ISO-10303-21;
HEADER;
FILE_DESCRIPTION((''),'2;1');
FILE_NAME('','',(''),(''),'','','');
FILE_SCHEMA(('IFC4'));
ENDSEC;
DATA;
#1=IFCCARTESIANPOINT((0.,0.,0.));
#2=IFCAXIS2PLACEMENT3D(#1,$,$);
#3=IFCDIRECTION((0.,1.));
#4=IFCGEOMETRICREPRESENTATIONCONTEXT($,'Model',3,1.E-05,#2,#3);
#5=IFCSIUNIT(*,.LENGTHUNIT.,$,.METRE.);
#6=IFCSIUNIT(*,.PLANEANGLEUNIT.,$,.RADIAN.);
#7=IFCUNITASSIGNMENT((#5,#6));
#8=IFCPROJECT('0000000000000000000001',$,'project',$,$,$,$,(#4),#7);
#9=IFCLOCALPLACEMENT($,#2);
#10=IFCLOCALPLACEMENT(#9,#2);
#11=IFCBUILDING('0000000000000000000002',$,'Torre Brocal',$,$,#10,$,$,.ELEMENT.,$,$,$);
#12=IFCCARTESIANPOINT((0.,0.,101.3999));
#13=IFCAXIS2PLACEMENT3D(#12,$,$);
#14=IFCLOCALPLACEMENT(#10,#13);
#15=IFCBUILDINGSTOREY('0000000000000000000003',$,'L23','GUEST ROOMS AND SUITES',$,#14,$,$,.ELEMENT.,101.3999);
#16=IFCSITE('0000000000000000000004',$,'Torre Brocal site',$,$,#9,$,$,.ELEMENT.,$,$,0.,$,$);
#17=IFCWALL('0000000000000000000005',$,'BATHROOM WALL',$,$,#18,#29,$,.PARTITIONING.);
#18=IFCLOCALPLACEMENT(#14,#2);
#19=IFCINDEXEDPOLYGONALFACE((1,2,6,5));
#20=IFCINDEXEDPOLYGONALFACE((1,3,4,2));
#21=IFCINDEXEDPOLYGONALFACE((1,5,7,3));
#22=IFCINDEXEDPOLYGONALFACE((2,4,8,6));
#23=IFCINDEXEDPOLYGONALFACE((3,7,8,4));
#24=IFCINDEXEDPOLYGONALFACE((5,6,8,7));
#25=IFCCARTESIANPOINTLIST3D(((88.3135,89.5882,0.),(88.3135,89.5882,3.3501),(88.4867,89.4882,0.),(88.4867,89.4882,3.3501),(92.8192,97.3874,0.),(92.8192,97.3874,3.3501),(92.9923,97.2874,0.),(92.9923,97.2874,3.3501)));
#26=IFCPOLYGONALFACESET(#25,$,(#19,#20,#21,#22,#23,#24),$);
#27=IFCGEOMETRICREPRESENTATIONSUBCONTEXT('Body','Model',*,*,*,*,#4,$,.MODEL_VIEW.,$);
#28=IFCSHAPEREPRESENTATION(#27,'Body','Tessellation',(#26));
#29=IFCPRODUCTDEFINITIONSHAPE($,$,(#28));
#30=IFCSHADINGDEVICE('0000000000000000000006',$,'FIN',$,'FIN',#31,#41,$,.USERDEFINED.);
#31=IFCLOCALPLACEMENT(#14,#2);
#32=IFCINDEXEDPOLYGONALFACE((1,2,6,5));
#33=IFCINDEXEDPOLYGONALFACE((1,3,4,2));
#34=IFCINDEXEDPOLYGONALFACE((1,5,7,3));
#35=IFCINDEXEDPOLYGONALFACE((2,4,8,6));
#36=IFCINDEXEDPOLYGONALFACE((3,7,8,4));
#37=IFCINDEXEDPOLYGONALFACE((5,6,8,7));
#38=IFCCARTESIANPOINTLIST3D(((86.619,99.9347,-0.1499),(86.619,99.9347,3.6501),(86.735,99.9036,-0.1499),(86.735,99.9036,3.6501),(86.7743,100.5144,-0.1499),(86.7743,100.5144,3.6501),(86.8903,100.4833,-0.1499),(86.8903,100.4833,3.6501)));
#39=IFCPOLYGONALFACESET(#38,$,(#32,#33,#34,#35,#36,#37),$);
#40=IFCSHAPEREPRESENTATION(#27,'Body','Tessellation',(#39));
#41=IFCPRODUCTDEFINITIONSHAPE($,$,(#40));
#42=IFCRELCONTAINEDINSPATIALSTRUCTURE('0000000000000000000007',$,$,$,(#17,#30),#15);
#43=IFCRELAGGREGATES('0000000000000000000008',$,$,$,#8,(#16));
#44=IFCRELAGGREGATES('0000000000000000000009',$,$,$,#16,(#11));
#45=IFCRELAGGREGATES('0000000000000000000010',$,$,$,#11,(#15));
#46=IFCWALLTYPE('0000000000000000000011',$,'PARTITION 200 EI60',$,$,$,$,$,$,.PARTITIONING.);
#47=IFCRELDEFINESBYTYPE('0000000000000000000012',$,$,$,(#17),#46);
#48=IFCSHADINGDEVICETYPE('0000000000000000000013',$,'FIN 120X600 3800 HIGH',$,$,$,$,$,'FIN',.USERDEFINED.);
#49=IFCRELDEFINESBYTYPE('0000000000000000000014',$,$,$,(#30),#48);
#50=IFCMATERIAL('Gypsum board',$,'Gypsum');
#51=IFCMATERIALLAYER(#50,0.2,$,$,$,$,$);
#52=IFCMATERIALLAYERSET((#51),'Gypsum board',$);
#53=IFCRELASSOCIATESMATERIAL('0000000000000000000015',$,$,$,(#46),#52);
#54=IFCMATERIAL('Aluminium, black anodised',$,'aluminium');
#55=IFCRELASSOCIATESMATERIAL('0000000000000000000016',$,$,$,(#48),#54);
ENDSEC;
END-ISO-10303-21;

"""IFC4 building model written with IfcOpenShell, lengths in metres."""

from ifc_helpers import new_model, si_unit, direction, frame, frame_2d, origin, origin_2d, place, context, subcontext, project, spatial, rectangle, extrude, material, layer, layer_set, material_profile, profile_set, type_object, element, save


model = new_model("IFC4")

# Units and contexts
model_context = context("Model", 3, precision=1e-05, world=origin(), true_north=direction((0.0, 1.0)))
body_context = subcontext(model_context, "Body", "Model", "MODEL_VIEW")
ifc_project = project(units=[si_unit("LENGTHUNIT", "METRE"), si_unit("PLANEANGLEUNIT", "RADIAN")], contexts=[model_context])

# Site, building, storey
site_placement = place(None, origin())
site = spatial("IfcSite", under=ifc_project, at=site_placement, Name="Torre Brocal site", CompositionType="ELEMENT", RefElevation=0.0)
building_placement = place(site_placement, origin())
building = spatial("IfcBuilding", under=site, at=building_placement, Name="Torre Brocal", CompositionType="ELEMENT")
storey_placement = place(building_placement, frame((0.0, 0.0, 101.3999)))
storey = spatial("IfcBuildingStorey", under=building, at=storey_placement, Name="L23", Description="GUEST ROOMS AND SUITES", CompositionType="ELEMENT", Elevation=101.3999)

# Shared definitions
ifc_material_1 = material(Name="Gypsum board", Category="Gypsum")
ifc_layer_1 = layer(ifc_material_1, 0.2)
ifc_layer_set_1 = layer_set([ifc_layer_1], Name="Gypsum board")
wall_type_1 = type_object("IfcWallType", Name="PARTITION 200 EI60", PredefinedType="PARTITIONING", material=ifc_layer_set_1)

# Wall
wall_1_placement = place(storey_placement, frame((88.4001, 89.5383, 0.0), z_axis=(0.0, 0.0, 1.0), x_axis=(0.500235, 0.86589, 0.0)))
element("IfcWall", 1, at=wall_1_placement, inside=storey, type_object=wall_type_1, Name="BATHROOM WALL", PredefinedType="PARTITIONING", context=body_context, shape_type="SweptSolid", body=[
    extrude(rectangle(XDim=9.0071, YDim=0.2, at=frame_2d((4.5034, 0.0))), origin(), (0.0, 0.0, 1.0), 3.3501),
])

# Shading device
ifc_material_2 = material(Name="Aluminium, black anodised", Category="aluminium")
ifc_material_profile_1 = material_profile(ifc_material_2, rectangle(XDim=0.1201, YDim=0.6001, at=origin_2d()), Name="FIN 120X600 3800 HIGH")
ifc_profile_set_1 = profile_set([ifc_material_profile_1], Name="Aluminium, black anodised")
shading_device_type = type_object("IfcShadingDeviceType", Name="FIN 120X600 3800 HIGH", ElementType="FIN", PredefinedType="USERDEFINED", material=ifc_profile_set_1)
shading_device_placement = place(storey_placement, frame((86.7546, 100.209, -0.1499), z_axis=(0.0, 0.0, 1.0), x_axis=(-0.965926, 0.258819, 0.0)))
element("IfcShadingDevice", 2, at=shading_device_placement, inside=storey, type_object=shading_device_type, Name="FIN", ObjectType="FIN", PredefinedType="USERDEFINED", context=body_context, shape_type="SweptSolid", body=[
    extrude(rectangle(XDim=0.1201, YDim=0.6001, at=origin_2d()), origin(), (0.0, 0.0, 1.0), 3.8),
])

save(model, "model.ifc")
